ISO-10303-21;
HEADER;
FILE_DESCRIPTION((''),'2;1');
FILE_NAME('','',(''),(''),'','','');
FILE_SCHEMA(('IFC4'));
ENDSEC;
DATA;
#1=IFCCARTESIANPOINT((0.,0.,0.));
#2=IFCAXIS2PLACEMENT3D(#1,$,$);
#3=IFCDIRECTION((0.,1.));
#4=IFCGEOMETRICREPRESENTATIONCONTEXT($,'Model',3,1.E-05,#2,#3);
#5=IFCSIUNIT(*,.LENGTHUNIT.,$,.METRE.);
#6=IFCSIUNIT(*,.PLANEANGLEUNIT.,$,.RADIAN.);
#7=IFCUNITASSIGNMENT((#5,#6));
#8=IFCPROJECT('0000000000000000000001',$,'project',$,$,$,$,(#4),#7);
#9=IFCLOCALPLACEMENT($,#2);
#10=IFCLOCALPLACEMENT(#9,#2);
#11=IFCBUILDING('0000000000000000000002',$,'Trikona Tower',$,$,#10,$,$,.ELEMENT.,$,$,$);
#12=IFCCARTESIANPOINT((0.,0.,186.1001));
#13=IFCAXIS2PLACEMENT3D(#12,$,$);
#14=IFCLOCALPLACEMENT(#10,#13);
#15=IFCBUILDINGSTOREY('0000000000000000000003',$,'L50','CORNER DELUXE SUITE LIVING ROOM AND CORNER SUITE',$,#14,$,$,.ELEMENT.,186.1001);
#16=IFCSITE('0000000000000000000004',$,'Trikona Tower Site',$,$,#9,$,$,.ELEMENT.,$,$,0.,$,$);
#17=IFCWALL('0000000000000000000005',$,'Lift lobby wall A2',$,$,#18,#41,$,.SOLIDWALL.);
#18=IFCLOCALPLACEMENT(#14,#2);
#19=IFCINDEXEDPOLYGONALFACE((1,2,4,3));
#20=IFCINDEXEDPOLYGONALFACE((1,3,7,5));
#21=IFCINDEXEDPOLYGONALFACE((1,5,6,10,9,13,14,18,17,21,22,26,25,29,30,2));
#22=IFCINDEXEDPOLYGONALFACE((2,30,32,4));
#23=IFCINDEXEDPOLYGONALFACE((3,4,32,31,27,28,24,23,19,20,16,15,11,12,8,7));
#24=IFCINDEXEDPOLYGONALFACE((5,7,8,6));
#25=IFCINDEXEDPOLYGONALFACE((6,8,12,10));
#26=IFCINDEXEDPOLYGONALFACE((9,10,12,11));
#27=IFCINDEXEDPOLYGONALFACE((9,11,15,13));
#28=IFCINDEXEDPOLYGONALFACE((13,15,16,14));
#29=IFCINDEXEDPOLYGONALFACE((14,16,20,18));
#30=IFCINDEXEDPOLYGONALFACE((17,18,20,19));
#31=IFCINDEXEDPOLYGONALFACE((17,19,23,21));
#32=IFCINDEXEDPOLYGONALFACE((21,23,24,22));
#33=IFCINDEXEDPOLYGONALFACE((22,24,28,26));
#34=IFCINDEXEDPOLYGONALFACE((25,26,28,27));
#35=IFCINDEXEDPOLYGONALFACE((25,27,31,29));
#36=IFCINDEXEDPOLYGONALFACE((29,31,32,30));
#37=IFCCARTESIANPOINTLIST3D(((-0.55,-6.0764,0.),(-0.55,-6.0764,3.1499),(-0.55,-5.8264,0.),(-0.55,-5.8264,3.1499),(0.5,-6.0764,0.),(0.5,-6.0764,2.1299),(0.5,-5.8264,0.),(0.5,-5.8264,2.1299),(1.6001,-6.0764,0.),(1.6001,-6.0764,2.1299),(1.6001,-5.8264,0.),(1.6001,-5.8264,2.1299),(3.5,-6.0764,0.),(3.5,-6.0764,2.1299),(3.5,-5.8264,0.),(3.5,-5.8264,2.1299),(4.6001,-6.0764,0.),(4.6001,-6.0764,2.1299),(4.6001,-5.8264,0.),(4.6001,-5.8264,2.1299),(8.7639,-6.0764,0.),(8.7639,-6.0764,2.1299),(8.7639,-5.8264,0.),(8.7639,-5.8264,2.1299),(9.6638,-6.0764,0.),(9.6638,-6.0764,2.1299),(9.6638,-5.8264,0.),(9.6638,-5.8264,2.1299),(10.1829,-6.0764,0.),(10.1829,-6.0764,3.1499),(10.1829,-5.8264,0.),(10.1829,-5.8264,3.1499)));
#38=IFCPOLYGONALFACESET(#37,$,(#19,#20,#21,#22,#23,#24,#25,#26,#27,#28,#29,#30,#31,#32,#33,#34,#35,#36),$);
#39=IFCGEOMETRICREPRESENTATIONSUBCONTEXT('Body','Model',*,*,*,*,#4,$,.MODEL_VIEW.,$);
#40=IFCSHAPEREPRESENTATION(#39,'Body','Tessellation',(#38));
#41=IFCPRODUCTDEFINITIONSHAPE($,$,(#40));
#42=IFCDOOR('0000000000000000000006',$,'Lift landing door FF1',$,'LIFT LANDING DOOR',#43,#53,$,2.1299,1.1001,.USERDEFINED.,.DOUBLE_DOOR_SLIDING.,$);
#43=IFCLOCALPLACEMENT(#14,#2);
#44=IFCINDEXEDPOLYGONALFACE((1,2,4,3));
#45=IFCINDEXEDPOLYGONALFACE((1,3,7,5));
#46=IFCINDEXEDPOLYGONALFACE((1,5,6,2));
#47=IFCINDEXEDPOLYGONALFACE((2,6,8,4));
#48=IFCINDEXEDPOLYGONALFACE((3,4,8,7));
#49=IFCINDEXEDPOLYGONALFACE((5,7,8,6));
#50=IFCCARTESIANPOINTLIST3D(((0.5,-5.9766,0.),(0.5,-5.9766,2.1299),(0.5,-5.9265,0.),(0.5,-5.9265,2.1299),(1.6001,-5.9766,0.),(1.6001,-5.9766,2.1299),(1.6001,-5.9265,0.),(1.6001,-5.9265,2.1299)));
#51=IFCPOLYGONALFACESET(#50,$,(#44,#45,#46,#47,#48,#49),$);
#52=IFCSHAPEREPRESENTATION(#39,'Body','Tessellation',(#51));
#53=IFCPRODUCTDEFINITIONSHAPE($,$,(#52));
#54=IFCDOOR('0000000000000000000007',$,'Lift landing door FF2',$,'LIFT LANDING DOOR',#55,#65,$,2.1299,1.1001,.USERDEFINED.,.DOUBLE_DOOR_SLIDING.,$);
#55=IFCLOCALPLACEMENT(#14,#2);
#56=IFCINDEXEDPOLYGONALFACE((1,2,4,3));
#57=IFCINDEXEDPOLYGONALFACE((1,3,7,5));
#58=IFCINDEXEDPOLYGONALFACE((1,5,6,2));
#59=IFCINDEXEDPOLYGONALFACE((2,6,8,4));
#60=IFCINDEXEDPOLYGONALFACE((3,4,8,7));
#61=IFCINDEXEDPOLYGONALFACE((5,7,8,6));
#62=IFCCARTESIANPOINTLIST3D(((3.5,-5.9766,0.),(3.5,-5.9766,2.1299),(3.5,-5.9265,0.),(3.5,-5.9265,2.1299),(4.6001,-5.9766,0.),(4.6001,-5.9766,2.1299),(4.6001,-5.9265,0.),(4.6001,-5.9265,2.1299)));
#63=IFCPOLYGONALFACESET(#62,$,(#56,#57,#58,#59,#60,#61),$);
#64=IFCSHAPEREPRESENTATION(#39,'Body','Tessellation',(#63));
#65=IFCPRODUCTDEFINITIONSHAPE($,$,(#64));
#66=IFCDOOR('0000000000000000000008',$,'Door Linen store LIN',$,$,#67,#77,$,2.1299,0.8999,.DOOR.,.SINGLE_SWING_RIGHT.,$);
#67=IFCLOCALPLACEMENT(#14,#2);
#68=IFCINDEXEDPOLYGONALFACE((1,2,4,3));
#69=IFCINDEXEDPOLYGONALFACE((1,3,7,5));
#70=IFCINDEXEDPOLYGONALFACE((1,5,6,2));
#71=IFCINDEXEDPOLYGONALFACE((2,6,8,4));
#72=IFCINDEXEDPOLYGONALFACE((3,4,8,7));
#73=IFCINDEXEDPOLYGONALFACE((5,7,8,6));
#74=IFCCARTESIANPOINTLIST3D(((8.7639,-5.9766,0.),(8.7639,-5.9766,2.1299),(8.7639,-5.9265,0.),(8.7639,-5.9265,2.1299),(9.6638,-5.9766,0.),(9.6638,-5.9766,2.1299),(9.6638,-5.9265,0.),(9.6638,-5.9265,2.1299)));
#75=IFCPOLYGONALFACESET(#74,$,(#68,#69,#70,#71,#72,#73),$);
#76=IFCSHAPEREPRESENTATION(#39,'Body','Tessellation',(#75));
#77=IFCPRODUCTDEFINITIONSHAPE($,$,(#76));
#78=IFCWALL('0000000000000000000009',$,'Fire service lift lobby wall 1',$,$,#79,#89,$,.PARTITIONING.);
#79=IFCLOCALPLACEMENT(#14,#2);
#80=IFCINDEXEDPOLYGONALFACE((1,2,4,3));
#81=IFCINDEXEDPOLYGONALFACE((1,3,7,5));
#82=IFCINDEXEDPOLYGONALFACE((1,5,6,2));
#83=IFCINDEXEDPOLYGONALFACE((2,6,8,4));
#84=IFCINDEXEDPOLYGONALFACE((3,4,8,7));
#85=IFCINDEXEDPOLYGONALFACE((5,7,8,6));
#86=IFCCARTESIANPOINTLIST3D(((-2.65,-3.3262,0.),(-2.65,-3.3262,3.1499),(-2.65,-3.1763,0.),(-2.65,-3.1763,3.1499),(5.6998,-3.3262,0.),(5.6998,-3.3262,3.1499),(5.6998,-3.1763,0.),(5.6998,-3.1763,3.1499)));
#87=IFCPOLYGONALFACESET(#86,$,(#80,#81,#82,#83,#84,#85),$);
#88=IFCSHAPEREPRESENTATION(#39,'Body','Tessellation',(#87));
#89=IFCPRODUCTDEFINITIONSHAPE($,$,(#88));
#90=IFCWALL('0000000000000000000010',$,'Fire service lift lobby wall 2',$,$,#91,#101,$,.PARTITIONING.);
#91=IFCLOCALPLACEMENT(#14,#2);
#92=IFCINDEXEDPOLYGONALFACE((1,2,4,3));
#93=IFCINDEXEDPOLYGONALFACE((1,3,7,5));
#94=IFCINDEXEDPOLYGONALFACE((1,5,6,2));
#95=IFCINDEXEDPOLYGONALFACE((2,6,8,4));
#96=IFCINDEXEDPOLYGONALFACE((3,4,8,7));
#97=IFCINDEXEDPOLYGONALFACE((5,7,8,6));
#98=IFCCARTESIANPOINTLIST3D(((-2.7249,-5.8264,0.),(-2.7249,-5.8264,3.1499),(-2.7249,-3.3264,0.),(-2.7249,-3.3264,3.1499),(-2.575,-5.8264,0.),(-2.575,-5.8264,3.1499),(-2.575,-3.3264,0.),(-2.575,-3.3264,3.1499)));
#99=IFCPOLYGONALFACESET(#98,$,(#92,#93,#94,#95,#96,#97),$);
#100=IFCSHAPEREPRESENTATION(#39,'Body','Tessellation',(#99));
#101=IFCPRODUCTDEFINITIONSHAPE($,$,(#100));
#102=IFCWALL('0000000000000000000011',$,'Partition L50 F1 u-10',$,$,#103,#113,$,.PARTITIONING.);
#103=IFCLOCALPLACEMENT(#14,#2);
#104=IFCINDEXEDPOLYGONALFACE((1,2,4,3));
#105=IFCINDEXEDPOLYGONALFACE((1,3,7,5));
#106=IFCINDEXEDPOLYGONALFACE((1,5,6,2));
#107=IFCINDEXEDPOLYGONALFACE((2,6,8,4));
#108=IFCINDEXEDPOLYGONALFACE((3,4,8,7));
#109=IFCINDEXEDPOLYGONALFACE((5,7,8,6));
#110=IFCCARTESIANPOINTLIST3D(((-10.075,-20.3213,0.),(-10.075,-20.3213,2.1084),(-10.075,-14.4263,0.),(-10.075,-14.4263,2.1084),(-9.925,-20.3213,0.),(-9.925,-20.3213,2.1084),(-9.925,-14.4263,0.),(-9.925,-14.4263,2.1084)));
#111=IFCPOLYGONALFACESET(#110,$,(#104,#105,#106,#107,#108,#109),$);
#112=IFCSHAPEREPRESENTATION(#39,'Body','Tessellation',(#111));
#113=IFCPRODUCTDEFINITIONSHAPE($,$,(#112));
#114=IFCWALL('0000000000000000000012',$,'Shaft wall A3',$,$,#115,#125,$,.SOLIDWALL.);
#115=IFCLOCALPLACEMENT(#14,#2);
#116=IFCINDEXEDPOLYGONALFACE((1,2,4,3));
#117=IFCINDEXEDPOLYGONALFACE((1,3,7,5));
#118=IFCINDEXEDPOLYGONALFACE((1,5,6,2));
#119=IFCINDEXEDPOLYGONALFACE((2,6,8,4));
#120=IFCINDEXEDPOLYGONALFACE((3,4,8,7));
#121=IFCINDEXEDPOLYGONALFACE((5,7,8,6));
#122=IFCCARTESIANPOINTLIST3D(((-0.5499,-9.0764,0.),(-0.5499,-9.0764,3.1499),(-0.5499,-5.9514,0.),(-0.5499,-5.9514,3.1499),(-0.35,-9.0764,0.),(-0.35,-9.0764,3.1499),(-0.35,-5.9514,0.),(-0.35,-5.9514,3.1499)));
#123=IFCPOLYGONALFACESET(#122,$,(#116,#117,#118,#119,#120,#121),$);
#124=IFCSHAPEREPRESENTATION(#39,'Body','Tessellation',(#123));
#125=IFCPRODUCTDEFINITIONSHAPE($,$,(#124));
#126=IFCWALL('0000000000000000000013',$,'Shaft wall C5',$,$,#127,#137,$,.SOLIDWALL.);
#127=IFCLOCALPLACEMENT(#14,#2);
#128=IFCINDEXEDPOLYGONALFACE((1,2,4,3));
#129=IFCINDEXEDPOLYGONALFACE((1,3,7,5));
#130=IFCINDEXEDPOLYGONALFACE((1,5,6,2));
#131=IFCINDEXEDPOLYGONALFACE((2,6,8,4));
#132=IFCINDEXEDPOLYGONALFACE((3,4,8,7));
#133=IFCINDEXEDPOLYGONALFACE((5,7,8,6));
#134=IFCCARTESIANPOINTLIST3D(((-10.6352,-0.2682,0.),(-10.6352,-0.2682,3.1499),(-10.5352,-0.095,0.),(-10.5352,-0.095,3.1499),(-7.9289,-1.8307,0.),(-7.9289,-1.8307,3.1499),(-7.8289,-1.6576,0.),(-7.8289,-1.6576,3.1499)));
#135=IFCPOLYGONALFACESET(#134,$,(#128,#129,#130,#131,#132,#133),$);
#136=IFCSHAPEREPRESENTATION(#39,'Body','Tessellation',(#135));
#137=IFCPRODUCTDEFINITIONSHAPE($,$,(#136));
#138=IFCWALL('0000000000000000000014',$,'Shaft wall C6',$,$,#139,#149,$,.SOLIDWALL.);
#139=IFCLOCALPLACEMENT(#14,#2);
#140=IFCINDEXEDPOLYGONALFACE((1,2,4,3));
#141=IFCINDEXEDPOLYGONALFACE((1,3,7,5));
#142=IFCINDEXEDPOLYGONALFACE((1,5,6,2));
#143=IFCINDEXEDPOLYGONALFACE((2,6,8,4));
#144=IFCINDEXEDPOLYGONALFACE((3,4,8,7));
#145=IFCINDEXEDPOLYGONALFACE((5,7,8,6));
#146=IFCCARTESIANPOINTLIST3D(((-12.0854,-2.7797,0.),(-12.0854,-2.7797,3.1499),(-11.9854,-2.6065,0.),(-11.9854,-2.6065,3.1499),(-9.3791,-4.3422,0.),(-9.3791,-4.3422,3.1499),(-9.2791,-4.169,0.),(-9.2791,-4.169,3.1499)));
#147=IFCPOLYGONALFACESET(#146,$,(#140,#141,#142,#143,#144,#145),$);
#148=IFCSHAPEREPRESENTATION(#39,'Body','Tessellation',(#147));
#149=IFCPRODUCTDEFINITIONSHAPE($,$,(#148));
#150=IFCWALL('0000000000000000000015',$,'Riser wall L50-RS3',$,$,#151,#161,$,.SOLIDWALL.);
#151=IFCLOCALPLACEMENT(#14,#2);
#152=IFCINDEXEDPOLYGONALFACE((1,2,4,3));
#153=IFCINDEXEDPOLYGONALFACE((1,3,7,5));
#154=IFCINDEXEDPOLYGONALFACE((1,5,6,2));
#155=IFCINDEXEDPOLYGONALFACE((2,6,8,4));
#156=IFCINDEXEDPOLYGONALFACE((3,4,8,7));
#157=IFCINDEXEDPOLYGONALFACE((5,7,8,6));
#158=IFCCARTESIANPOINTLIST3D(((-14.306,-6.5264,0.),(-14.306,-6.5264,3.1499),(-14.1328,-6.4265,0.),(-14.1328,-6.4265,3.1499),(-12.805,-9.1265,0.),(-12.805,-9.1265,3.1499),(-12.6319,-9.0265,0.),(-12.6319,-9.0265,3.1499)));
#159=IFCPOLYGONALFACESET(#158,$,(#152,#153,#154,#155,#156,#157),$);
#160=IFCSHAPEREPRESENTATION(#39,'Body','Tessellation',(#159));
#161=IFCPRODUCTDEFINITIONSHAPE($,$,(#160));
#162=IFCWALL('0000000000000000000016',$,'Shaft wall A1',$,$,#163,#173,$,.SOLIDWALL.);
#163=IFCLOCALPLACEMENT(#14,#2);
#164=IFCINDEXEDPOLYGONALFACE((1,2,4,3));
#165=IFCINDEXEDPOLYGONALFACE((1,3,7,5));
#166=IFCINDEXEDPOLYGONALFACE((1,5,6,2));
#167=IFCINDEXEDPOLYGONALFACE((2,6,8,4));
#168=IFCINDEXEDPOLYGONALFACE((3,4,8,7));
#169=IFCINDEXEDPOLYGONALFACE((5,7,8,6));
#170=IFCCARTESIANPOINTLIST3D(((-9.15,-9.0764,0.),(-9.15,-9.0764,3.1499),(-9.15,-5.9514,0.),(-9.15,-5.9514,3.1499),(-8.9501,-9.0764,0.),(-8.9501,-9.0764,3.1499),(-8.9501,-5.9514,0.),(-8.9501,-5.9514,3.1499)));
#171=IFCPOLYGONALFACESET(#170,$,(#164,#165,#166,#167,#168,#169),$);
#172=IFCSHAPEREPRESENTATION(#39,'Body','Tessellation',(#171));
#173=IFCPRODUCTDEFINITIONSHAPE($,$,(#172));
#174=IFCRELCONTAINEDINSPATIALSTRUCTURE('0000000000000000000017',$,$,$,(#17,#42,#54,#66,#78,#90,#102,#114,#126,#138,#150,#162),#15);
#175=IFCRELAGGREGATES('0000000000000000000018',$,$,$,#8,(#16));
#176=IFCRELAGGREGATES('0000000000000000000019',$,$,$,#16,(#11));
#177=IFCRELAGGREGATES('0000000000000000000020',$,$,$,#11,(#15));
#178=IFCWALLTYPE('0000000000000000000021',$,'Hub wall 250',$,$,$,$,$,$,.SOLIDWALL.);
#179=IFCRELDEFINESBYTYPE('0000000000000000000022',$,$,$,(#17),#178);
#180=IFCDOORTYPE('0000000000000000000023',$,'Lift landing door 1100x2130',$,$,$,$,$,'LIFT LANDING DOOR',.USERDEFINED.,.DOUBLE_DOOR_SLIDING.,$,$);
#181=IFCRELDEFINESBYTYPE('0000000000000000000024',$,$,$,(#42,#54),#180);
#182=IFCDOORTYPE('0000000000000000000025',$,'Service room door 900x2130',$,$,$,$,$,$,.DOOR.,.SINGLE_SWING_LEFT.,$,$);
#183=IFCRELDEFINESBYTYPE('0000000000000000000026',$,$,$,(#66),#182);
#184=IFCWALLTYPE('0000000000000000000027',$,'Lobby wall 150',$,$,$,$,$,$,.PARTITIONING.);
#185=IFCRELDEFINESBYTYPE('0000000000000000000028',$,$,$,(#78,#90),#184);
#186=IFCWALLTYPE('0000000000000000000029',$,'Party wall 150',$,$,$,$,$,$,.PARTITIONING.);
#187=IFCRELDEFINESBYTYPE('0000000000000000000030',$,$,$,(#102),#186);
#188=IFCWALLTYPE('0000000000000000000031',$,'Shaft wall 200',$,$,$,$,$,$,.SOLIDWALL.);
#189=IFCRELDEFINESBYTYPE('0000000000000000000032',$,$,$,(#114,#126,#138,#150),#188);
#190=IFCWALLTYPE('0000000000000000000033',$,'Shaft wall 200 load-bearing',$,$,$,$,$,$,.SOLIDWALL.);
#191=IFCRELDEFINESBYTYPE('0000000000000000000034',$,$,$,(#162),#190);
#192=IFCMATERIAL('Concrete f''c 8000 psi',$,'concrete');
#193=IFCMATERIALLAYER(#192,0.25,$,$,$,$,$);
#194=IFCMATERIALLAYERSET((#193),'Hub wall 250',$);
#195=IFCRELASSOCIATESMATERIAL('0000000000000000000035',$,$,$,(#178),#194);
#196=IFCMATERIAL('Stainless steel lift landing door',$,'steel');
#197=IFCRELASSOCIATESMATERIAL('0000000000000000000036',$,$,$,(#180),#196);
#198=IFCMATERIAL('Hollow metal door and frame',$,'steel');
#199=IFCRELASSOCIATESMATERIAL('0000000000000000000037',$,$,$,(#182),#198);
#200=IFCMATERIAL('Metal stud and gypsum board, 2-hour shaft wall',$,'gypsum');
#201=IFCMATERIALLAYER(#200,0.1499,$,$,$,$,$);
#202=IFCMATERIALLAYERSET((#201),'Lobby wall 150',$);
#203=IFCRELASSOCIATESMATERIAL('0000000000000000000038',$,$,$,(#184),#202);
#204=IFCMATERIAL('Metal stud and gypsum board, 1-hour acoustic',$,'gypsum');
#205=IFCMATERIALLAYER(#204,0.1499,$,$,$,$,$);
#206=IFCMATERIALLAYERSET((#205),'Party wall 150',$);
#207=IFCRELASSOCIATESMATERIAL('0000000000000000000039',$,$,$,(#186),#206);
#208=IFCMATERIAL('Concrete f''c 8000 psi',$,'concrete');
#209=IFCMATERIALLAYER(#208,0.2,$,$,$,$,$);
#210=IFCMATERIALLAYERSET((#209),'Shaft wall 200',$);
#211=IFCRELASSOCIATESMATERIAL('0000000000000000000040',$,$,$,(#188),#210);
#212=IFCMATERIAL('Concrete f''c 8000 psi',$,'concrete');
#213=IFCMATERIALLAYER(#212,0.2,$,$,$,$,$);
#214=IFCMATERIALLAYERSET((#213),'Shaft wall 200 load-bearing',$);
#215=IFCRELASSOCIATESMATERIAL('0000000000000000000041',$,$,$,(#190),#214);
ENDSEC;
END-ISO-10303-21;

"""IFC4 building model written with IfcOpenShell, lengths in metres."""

from ifc_helpers import new_model, si_unit, direction, frame, frame_2d, origin, place, context, subcontext, project, spatial, rectangle, extrude, material, layer, layer_set, type_object, element, fill, save


model = new_model("IFC4")

# Units and contexts
model_context = context("Model", 3, precision=1e-05, world=origin(), true_north=direction((0.0, 1.0)))
body_context = subcontext(model_context, "Body", "Model", "MODEL_VIEW")
ifc_project = project(units=[si_unit("LENGTHUNIT", "METRE"), si_unit("PLANEANGLEUNIT", "RADIAN")], contexts=[model_context])

# Site, building, storey
site_placement = place(None, origin())
site = spatial("IfcSite", under=ifc_project, at=site_placement, Name="Trikona Tower Site", CompositionType="ELEMENT", RefElevation=0.0)
building_placement = place(site_placement, origin())
building = spatial("IfcBuilding", under=site, at=building_placement, Name="Trikona Tower", CompositionType="ELEMENT")
storey_placement = place(building_placement, frame((0.0, 0.0, 186.1001)))
storey = spatial("IfcBuildingStorey", under=building, at=storey_placement, Name="L50", Description="CORNER DELUXE SUITE LIVING ROOM AND CORNER SUITE", CompositionType="ELEMENT", Elevation=186.1001)

# Shared definitions
ifc_material_1 = material(Name="Concrete f'c 8000 psi", Category="concrete")
ifc_layer_1 = layer(ifc_material_1, 0.25)
ifc_layer_set_1 = layer_set([ifc_layer_1], Name="Hub wall 250")
wall_type_1 = type_object("IfcWallType", Name="Hub wall 250", PredefinedType="SOLIDWALL", material=ifc_layer_set_1)

# Wall, openings, doors
wall_1_placement = place(storey_placement, frame((-0.55, -5.9514, 0.0), z_axis=(0.0, 0.0, 1.0), x_axis=(1.0, 0.0, 0.0)))
wall_1 = element("IfcWall", 1, at=wall_1_placement, inside=storey, type_object=wall_type_1, Name="Lift lobby wall A2", PredefinedType="SOLIDWALL", context=body_context, shape_type="SweptSolid", body=[
    extrude(rectangle(XDim=10.7329, YDim=0.25, at=frame_2d((5.3665, 0.0))), origin(), (0.0, 0.0, 1.0), 3.1499),
])
opening_1_placement = place(wall_1_placement, frame((9.314, 0.0, 0.0)))
opening_1 = element("IfcOpeningElement", 2, at=opening_1_placement, cuts=wall_1, PredefinedType="OPENING", context=body_context, shape_type="SweptSolid", body=[
    extrude(rectangle(XDim=0.8999, YDim=2.1299, at=frame_2d((0.45, 1.0649))), frame((0.0, 0.135, 0.0), z_axis=(0.0, -1.0, 0.0), x_axis=(1.0, 0.0, 0.0)), (0.0, 0.0, 1.0), 0.27),
])
opening_2_placement = place(wall_1_placement, frame((1.05, 0.0, 0.0)))
opening_2 = element("IfcOpeningElement", 3, at=opening_2_placement, cuts=wall_1, PredefinedType="OPENING", context=body_context, shape_type="SweptSolid", body=[
    extrude(rectangle(XDim=1.1001, YDim=2.1299, at=frame_2d((0.55, 1.0649))), frame((0.0, 0.135, 0.0), z_axis=(0.0, -1.0, 0.0), x_axis=(1.0, 0.0, 0.0)), (0.0, 0.0, 1.0), 0.27),
])
opening_3_placement = place(wall_1_placement, frame((4.05, 0.0, 0.0)))
opening_3 = element("IfcOpeningElement", 4, at=opening_3_placement, cuts=wall_1, PredefinedType="OPENING", context=body_context, shape_type="SweptSolid", body=[
    extrude(rectangle(XDim=1.1001, YDim=2.1299, at=frame_2d((0.55, 1.0649))), frame((0.0, 0.135, 0.0), z_axis=(0.0, -1.0, 0.0), x_axis=(1.0, 0.0, 0.0)), (0.0, 0.0, 1.0), 0.27),
])
ifc_material_2 = material(Name="Stainless steel lift landing door", Category="steel")
door_type_1 = type_object("IfcDoorType", Name="Lift landing door 1100x2130", ElementType="LIFT LANDING DOOR", OperationType="DOUBLE_DOOR_SLIDING", PredefinedType="USERDEFINED", material=ifc_material_2)
door_1_placement = place(opening_2_placement, origin())
door_1 = element("IfcDoor", 5, at=door_1_placement, inside=storey, type_object=door_type_1, Name="Lift landing door FF1", ObjectType="LIFT LANDING DOOR", OperationType="DOUBLE_DOOR_SLIDING", OverallHeight=2.1299, OverallWidth=1.1001, PredefinedType="USERDEFINED", context=body_context, shape_type="SweptSolid", body=[
    extrude(rectangle(XDim=1.1001, YDim=2.1299, at=frame_2d((0.55, 1.0649))), frame((0.0, 0.0249, 0.0), z_axis=(0.0, -1.0, 0.0), x_axis=(1.0, 0.0, 0.0)), (0.0, 0.0, 1.0), 0.05),
])
fill(opening_2, door_1)
door_2_placement = place(opening_3_placement, origin())
door_2 = element("IfcDoor", 6, at=door_2_placement, inside=storey, type_object=door_type_1, Name="Lift landing door FF2", ObjectType="LIFT LANDING DOOR", OperationType="DOUBLE_DOOR_SLIDING", OverallHeight=2.1299, OverallWidth=1.1001, PredefinedType="USERDEFINED", context=body_context, shape_type="SweptSolid", body=[
    extrude(rectangle(XDim=1.1001, YDim=2.1299, at=frame_2d((0.55, 1.0649))), frame((0.0, 0.0249, 0.0), z_axis=(0.0, -1.0, 0.0), x_axis=(1.0, 0.0, 0.0)), (0.0, 0.0, 1.0), 0.05),
])
fill(opening_3, door_2)
ifc_material_3 = material(Name="Hollow metal door and frame", Category="steel")
door_type_2 = type_object("IfcDoorType", Name="Service room door 900x2130", OperationType="SINGLE_SWING_LEFT", PredefinedType="DOOR", material=ifc_material_3)
door_3_placement = place(opening_1_placement, origin())
door_3 = element("IfcDoor", 7, at=door_3_placement, inside=storey, type_object=door_type_2, Name="Door Linen store LIN", OperationType="SINGLE_SWING_RIGHT", OverallHeight=2.1299, OverallWidth=0.8999, PredefinedType="DOOR", context=body_context, shape_type="SweptSolid", body=[
    extrude(rectangle(XDim=0.8999, YDim=2.1299, at=frame_2d((0.45, 1.0649))), frame((0.0, 0.0249, 0.0), z_axis=(0.0, -1.0, 0.0), x_axis=(1.0, 0.0, 0.0)), (0.0, 0.0, 1.0), 0.05),
])
fill(opening_1, door_3)

# Walls
ifc_material_4 = material(Name="Metal stud and gypsum board, 2-hour shaft wall", Category="gypsum")
ifc_layer_2 = layer(ifc_material_4, 0.1499)
ifc_layer_set_2 = layer_set([ifc_layer_2], Name="Lobby wall 150")
wall_type_2 = type_object("IfcWallType", Name="Lobby wall 150", PredefinedType="PARTITIONING", material=ifc_layer_set_2)
wall_2_placement = place(storey_placement, frame((-2.6499, -3.2512, 0.0), z_axis=(0.0, 0.0, 1.0), x_axis=(1.0, 0.0, 0.0)))
element("IfcWall", 8, at=wall_2_placement, inside=storey, type_object=wall_type_2, Name="Fire service lift lobby wall 1", PredefinedType="PARTITIONING", context=body_context, shape_type="SweptSolid", body=[
    extrude(rectangle(XDim=8.3499, YDim=0.1499, at=frame_2d((4.1748, 0.0))), origin(), (0.0, 0.0, 1.0), 3.1499),
])
wall_3_placement = place(storey_placement, frame((-2.6499, -5.8264, 0.0), z_axis=(0.0, 0.0, 1.0), x_axis=(0.0, 1.0, 0.0)))
element("IfcWall", 9, at=wall_3_placement, inside=storey, type_object=wall_type_2, Name="Fire service lift lobby wall 2", PredefinedType="PARTITIONING", context=body_context, shape_type="SweptSolid", body=[
    extrude(rectangle(XDim=2.5, YDim=0.1499, at=frame_2d((1.25, 0.0))), origin(), (0.0, 0.0, 1.0), 3.1499),
])
ifc_material_5 = material(Name="Metal stud and gypsum board, 1-hour acoustic", Category="gypsum")
ifc_layer_3 = layer(ifc_material_5, 0.1499)
ifc_layer_set_3 = layer_set([ifc_layer_3], Name="Party wall 150")
wall_type_3 = type_object("IfcWallType", Name="Party wall 150", PredefinedType="PARTITIONING", material=ifc_layer_set_3)
wall_4_placement = place(storey_placement, frame((-10.0, -14.4263, 0.0), z_axis=(0.0, 0.0, 1.0), x_axis=(0.0, -1.0, 0.0)))
element("IfcWall", 10, at=wall_4_placement, inside=storey, type_object=wall_type_3, Name="Partition L50 F1 u-10", PredefinedType="PARTITIONING", context=body_context, shape_type="SweptSolid", body=[
    extrude(rectangle(XDim=5.895, YDim=0.1499, at=frame_2d((2.9475, 0.0))), origin(), (0.0, 0.0, 1.0), 2.1084),
])
ifc_material_6 = material(Name="Concrete f'c 8000 psi", Category="concrete")
ifc_layer_4 = layer(ifc_material_6, 0.2)
ifc_layer_set_4 = layer_set([ifc_layer_4], Name="Shaft wall 200")
wall_type_4 = type_object("IfcWallType", Name="Shaft wall 200", PredefinedType="SOLIDWALL", material=ifc_layer_set_4)
for number, where, z_axis, x_axis, name in (
    (11, (-0.45, -5.9514, 0.0), (0.0, 0.0, 1.0), (0.0, -1.0, 0.0), "Shaft wall A3"),
    (12, (-7.8789, -1.7441, 0.0), (0.0, 0.0, 1.0), (-0.866023, 0.500004, 0.0), "Shaft wall C5"),
    (13, (-9.3291, -4.2556, 0.0), (0.0, 0.0, 1.0), (-0.866023, 0.500004, 0.0), "Shaft wall C6"),
):
    element("IfcWall", number, at=place(storey_placement, frame(where, z_axis=z_axis, x_axis=x_axis)), inside=storey, type_object=wall_type_4, Name=name, PredefinedType="SOLIDWALL", context=body_context, shape_type="SweptSolid", body=[
        extrude(rectangle(XDim=3.125, YDim=0.2, at=frame_2d((1.5625, 0.0))), origin(), (0.0, 0.0, 1.0), 3.1499),
    ])
wall_5_placement = place(storey_placement, frame((-12.7185, -9.0764, 0.0), z_axis=(0.0, 0.0, 1.0), x_axis=(-0.499952, 0.866053, 0.0)))
element("IfcWall", 14, at=wall_5_placement, inside=storey, type_object=wall_type_4, Name="Riser wall L50-RS3", PredefinedType="SOLIDWALL", context=body_context, shape_type="SweptSolid", body=[
    extrude(rectangle(XDim=3.0022, YDim=0.2, at=frame_2d((1.501, 0.0))), origin(), (0.0, 0.0, 1.0), 3.1499),
])
ifc_material_7 = material(Name="Concrete f'c 8000 psi", Category="concrete")
ifc_layer_5 = layer(ifc_material_7, 0.2)
ifc_layer_set_5 = layer_set([ifc_layer_5], Name="Shaft wall 200 load-bearing")
wall_type_5 = type_object("IfcWallType", Name="Shaft wall 200 load-bearing", PredefinedType="SOLIDWALL", material=ifc_layer_set_5)
wall_6_placement = place(storey_placement, frame((-9.05, -5.9514, 0.0), z_axis=(0.0, 0.0, 1.0), x_axis=(0.0, -1.0, 0.0)))
element("IfcWall", 15, at=wall_6_placement, inside=storey, type_object=wall_type_5, Name="Shaft wall A1", PredefinedType="SOLIDWALL", context=body_context, shape_type="SweptSolid", body=[
    extrude(rectangle(XDim=3.125, YDim=0.2, at=frame_2d((1.5625, 0.0))), origin(), (0.0, 0.0, 1.0), 3.1499),
])

save(model, "model.ifc")
